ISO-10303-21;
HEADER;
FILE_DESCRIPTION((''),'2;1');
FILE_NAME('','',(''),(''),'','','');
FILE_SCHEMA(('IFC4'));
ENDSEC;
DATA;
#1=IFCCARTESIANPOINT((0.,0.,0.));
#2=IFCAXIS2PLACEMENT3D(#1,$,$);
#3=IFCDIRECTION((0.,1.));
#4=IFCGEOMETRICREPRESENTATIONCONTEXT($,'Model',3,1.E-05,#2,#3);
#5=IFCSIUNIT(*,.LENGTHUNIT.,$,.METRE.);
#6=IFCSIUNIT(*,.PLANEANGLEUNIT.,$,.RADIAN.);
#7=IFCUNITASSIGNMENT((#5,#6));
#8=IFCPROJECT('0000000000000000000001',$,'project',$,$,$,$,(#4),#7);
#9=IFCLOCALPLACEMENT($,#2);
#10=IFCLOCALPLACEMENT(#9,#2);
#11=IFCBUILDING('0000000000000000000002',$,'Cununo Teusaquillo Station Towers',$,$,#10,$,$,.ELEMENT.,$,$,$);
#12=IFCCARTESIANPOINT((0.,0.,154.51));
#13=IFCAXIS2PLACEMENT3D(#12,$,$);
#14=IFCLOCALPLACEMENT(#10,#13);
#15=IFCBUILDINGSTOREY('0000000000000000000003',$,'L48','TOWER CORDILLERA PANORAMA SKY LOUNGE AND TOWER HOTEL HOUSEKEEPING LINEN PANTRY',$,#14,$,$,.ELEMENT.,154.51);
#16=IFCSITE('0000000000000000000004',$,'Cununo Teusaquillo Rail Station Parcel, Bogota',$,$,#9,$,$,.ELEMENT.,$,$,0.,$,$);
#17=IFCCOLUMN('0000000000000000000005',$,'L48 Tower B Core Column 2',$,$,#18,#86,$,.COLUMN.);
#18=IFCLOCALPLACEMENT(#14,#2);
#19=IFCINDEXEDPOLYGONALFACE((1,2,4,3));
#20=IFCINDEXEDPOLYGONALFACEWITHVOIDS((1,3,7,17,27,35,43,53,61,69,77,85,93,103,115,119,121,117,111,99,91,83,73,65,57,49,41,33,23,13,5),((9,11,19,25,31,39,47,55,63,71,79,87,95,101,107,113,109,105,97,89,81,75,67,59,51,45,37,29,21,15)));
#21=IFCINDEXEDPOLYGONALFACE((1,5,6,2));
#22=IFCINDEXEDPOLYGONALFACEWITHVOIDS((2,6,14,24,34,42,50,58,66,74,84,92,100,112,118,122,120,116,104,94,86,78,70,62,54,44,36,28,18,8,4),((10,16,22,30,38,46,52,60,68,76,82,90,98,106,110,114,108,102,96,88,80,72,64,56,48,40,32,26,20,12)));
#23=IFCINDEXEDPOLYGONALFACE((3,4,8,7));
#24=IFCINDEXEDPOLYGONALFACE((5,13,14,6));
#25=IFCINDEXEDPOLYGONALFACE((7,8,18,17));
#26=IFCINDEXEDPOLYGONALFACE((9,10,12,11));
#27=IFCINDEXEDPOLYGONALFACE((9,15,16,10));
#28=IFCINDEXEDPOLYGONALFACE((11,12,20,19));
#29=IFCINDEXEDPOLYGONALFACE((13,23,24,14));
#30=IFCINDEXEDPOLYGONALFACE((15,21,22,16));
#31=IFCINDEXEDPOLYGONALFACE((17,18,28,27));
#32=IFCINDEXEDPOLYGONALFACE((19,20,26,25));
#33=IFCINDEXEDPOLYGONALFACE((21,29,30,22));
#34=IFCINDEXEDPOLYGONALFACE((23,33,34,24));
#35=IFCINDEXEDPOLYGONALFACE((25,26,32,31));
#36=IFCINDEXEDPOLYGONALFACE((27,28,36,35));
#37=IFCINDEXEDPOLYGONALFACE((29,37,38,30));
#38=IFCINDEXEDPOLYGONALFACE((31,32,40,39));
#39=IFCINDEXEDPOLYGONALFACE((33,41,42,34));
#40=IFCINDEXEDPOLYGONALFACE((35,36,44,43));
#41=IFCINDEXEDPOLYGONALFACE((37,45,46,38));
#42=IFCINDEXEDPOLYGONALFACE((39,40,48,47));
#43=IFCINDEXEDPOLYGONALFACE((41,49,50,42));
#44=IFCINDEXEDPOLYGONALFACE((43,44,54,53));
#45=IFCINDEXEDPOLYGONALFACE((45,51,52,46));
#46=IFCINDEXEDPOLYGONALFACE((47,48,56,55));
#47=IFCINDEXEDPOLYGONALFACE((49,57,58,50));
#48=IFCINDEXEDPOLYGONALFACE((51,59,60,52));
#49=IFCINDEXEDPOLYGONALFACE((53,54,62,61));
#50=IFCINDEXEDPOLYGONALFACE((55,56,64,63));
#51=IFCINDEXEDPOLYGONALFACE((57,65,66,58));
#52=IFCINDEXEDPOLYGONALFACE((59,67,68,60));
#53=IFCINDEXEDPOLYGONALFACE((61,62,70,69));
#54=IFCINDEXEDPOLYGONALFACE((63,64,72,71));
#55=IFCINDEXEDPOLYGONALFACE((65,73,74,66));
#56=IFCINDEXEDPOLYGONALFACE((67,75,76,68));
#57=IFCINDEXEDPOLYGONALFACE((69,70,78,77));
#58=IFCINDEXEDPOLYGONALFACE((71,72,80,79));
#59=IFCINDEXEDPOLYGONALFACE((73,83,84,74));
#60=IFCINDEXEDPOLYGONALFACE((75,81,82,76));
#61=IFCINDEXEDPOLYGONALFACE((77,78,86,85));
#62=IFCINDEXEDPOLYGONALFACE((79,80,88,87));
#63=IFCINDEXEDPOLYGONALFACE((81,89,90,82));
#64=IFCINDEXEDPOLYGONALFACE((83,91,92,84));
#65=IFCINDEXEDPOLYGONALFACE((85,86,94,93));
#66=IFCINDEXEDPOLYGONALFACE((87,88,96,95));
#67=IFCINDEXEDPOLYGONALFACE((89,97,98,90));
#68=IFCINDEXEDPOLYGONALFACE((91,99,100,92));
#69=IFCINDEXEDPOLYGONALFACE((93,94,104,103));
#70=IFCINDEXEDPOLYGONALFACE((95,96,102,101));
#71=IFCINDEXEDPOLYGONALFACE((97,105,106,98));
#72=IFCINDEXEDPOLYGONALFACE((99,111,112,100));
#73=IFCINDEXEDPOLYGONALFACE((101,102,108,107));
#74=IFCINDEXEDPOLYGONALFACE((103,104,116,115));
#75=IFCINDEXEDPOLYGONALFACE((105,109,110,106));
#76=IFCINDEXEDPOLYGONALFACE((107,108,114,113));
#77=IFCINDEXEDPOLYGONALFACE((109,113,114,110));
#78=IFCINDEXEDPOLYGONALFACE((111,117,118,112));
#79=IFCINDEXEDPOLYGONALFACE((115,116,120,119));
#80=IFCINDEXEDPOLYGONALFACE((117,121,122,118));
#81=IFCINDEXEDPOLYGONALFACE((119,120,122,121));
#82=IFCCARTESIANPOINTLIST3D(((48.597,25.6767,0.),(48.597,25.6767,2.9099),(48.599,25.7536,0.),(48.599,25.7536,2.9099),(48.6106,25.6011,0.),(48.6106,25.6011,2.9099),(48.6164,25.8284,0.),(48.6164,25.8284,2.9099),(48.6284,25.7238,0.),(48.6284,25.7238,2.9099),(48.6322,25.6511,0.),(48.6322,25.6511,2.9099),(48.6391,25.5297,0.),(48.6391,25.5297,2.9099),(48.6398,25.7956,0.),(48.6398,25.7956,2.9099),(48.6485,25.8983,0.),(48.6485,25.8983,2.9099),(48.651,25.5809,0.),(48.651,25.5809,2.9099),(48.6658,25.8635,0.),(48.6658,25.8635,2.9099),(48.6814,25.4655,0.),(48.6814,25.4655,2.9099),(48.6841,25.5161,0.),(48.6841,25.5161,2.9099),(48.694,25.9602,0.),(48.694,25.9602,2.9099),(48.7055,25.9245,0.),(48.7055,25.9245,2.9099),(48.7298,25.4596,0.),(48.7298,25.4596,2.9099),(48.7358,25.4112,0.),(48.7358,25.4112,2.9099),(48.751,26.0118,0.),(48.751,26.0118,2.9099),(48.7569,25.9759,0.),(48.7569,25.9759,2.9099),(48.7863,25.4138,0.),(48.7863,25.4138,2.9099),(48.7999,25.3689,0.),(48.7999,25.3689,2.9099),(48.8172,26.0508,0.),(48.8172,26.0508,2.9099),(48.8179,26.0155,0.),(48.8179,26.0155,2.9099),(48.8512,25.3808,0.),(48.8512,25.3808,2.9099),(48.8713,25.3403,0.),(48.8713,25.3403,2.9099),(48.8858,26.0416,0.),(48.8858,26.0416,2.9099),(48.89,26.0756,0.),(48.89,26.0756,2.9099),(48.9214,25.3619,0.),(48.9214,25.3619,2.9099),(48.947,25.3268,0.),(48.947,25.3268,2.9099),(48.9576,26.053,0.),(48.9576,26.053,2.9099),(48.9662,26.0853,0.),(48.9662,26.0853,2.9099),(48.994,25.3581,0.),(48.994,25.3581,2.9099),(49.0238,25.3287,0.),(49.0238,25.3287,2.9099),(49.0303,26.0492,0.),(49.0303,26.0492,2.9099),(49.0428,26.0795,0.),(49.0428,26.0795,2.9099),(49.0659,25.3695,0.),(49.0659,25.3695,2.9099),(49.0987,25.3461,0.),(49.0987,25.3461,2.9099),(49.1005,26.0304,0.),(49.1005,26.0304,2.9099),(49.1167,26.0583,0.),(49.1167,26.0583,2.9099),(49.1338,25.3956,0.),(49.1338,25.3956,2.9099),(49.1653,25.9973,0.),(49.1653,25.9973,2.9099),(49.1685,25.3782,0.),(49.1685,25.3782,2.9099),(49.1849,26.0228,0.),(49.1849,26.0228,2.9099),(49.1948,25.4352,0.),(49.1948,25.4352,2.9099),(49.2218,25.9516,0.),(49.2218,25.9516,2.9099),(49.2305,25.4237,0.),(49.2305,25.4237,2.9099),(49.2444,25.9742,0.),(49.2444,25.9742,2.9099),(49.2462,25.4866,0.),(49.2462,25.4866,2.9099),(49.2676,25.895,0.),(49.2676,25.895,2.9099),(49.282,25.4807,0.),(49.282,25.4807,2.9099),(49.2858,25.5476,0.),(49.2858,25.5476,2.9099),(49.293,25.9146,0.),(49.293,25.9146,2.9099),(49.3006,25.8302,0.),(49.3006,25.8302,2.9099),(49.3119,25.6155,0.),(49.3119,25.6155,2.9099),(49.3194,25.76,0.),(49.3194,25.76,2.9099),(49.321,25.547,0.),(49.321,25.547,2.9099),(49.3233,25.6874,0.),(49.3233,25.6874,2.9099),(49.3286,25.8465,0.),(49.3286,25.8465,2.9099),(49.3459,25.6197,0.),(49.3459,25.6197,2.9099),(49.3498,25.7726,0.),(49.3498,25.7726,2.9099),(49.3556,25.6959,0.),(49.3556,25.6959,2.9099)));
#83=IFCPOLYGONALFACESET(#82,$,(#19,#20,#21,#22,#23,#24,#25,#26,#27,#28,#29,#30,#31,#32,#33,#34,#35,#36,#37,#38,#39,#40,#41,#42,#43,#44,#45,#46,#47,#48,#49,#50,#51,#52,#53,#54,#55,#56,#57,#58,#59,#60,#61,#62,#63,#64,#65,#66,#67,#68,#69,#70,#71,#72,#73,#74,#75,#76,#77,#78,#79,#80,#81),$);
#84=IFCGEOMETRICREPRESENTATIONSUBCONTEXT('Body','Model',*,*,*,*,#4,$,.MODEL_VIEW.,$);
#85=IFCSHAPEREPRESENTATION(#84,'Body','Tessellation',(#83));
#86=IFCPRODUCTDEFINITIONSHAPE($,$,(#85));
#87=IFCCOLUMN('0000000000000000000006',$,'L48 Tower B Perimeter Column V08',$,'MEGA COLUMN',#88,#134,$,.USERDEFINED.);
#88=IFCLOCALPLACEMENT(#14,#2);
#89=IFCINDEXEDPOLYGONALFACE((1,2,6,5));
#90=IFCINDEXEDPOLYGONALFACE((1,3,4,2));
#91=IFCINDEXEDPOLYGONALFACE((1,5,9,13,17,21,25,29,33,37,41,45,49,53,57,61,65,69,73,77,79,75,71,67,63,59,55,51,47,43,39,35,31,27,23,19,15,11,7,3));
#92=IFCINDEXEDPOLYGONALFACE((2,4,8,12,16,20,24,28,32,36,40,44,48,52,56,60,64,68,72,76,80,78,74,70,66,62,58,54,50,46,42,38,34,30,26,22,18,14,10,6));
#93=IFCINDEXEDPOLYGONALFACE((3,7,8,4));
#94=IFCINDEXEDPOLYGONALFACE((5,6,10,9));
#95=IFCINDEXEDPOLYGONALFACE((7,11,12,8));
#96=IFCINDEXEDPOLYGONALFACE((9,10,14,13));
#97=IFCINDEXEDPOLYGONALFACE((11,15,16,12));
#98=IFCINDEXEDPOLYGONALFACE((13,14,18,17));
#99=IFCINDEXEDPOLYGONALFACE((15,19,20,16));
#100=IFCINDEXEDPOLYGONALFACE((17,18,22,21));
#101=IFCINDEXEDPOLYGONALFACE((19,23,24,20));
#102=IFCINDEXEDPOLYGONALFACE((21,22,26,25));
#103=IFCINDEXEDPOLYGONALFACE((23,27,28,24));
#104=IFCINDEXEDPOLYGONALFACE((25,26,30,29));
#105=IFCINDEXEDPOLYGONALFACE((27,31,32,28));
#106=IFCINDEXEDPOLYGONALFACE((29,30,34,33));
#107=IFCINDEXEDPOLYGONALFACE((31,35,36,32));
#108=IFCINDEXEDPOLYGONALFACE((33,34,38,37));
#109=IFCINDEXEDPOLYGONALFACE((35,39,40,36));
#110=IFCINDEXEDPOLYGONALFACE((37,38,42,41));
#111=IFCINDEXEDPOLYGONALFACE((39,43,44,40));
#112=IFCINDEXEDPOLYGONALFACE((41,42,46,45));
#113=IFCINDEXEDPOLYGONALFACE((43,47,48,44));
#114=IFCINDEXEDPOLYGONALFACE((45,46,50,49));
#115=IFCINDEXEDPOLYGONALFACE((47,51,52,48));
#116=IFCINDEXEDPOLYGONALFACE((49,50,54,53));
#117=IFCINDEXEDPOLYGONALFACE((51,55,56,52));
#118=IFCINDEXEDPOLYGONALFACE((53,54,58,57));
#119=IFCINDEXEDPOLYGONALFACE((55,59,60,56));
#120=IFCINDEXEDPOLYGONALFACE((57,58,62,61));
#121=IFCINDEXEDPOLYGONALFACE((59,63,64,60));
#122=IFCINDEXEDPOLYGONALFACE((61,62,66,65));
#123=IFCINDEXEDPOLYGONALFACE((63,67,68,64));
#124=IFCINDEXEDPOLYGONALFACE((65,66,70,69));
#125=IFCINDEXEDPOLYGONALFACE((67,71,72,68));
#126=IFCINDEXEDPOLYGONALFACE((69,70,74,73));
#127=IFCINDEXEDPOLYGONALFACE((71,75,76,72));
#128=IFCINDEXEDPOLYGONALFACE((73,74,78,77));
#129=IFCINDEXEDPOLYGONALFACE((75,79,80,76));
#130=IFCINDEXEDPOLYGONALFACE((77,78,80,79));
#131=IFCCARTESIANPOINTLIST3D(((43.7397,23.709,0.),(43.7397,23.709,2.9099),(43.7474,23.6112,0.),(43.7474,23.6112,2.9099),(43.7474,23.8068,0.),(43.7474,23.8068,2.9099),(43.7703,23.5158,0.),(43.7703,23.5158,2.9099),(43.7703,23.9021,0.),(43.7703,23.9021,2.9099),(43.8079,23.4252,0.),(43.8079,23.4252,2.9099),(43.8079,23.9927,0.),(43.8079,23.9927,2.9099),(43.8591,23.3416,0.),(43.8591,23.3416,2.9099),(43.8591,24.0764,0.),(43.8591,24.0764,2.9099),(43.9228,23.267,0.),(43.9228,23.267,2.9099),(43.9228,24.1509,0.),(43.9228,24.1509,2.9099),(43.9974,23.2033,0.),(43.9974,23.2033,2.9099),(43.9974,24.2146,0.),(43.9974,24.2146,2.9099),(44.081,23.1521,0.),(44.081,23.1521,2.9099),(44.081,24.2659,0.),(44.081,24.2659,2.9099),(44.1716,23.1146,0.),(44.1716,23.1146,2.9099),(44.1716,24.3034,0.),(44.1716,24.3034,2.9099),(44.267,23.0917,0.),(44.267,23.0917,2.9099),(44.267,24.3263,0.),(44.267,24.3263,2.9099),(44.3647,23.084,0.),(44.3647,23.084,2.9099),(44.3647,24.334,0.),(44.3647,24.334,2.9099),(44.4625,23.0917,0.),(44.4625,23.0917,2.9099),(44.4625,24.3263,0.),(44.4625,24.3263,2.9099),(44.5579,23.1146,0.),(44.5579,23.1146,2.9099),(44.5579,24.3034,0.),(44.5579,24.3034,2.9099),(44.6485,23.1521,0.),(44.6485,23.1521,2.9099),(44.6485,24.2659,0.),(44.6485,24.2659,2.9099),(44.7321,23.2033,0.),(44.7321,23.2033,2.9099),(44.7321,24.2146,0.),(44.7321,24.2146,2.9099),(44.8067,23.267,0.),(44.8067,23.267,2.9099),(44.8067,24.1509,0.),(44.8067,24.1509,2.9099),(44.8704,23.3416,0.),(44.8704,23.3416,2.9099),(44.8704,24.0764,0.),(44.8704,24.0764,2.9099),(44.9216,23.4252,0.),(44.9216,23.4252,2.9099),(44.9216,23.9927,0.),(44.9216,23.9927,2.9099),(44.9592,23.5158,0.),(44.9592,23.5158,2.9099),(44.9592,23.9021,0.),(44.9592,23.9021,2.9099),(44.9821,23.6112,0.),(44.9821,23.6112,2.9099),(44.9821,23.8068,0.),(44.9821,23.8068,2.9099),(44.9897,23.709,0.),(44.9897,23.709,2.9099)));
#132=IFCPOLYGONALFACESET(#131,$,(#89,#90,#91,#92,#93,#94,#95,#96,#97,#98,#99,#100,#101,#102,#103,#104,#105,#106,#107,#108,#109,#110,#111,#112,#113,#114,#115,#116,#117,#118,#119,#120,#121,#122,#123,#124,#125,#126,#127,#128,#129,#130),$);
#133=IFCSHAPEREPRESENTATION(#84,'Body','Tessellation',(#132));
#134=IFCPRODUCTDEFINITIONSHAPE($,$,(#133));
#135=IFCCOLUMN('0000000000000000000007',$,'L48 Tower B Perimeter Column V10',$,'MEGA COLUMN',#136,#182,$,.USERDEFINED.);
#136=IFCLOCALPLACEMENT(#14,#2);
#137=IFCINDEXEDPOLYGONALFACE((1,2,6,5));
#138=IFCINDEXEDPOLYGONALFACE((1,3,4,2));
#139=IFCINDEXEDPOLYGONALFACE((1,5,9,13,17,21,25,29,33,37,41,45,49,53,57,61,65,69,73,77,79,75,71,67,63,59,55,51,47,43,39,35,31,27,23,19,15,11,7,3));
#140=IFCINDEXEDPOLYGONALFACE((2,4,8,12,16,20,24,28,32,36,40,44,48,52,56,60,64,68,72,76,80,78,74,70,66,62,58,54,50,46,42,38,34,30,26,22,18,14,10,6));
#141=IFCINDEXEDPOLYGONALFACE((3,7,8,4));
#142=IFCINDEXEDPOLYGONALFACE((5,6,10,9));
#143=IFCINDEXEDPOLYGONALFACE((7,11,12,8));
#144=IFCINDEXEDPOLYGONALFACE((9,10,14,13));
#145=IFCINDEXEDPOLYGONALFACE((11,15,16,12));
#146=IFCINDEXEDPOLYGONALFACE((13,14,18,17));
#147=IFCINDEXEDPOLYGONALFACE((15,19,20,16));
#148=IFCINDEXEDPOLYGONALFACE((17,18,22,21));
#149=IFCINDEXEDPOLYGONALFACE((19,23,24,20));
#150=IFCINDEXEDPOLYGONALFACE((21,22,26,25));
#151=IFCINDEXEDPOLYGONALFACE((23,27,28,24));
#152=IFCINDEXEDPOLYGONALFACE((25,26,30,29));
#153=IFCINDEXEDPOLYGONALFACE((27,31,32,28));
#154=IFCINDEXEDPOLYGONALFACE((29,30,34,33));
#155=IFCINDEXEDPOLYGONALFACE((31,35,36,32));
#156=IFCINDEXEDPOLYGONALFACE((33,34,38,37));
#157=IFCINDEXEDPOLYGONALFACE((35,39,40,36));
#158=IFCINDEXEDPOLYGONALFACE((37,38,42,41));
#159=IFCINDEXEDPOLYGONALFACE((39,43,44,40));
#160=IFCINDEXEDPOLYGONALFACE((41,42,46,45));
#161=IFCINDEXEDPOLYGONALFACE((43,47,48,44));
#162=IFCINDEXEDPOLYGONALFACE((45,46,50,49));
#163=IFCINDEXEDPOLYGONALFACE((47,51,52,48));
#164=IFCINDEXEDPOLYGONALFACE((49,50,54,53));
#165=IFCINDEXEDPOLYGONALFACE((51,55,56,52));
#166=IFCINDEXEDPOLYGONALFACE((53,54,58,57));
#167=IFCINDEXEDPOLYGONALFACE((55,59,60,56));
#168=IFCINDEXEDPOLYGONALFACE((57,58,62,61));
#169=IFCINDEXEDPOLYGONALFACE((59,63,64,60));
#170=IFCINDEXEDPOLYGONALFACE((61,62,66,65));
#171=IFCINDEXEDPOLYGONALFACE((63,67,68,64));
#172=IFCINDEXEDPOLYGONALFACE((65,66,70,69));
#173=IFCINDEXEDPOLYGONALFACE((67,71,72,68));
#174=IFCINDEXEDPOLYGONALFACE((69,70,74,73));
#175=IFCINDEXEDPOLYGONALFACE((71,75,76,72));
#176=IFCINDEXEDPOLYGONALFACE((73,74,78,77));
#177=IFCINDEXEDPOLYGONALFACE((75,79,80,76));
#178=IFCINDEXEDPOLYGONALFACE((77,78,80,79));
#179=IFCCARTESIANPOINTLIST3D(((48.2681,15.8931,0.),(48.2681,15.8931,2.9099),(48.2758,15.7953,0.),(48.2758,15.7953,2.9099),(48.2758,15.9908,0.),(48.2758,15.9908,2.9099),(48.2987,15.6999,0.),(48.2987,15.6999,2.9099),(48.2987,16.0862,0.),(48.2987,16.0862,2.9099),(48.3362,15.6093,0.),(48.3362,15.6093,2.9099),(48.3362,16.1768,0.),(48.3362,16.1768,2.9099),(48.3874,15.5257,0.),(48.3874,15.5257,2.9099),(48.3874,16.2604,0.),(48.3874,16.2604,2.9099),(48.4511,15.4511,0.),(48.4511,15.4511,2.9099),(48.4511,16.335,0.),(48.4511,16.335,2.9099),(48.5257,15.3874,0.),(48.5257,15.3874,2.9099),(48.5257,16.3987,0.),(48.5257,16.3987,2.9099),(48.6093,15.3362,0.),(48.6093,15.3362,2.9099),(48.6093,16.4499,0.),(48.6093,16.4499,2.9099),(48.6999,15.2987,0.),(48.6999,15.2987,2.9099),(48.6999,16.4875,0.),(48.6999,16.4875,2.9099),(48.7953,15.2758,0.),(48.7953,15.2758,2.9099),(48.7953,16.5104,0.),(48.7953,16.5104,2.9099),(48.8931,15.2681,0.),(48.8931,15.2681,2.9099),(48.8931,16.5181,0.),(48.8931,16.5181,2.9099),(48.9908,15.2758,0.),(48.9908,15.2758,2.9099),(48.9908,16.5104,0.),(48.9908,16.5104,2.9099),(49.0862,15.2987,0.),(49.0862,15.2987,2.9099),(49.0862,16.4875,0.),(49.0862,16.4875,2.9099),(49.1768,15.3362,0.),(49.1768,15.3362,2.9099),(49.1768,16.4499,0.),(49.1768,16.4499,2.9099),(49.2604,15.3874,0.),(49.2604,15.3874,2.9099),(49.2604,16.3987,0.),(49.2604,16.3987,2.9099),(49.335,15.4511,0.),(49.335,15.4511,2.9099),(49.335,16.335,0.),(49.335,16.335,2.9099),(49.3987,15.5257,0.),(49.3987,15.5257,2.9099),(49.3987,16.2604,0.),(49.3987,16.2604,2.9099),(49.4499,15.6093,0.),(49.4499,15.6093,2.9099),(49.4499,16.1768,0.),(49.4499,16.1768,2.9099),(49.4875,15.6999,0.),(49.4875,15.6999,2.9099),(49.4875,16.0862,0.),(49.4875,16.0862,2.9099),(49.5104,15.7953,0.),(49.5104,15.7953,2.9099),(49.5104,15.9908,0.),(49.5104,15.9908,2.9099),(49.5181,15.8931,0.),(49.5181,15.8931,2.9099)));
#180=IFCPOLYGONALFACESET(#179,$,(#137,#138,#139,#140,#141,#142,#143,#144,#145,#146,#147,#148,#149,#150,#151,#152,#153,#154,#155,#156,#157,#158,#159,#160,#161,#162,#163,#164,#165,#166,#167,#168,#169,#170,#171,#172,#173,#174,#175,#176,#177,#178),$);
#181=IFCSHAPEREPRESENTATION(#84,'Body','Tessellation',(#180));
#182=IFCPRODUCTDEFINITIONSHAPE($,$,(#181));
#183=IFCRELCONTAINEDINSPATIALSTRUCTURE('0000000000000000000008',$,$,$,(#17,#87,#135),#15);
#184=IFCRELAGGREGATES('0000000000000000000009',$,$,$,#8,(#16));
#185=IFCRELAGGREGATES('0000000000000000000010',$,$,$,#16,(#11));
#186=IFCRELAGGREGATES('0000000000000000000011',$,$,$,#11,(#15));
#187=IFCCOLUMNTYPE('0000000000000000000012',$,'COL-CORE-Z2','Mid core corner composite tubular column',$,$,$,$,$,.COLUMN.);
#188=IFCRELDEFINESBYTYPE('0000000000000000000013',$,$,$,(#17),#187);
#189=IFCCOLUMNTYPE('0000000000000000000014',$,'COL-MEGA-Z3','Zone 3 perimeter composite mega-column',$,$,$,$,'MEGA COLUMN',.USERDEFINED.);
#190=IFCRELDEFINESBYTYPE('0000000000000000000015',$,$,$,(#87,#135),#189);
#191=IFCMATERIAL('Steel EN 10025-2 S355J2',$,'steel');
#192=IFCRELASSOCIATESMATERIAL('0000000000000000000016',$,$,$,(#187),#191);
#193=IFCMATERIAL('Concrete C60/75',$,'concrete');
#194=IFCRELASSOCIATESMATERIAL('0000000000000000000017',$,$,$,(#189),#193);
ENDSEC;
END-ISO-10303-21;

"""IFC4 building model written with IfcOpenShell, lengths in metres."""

from ifc_helpers import new_model, si_unit, direction, frame, origin, origin_2d, place, context, subcontext, project, spatial, circle, hollow_circle, extrude, material, material_profile, profile_set, type_object, element, save


model = new_model("IFC4")

# Units and contexts
model_context = context("Model", 3, precision=1e-05, world=origin(), true_north=direction((0.0, 1.0)))
body_context = subcontext(model_context, "Body", "Model", "MODEL_VIEW")
ifc_project = project(units=[si_unit("LENGTHUNIT", "METRE"), si_unit("PLANEANGLEUNIT", "RADIAN")], contexts=[model_context])

# Site, building, storey
site_placement = place(None, origin())
site = spatial("IfcSite", under=ifc_project, at=site_placement, Name="Cununo Teusaquillo Rail Station Parcel, Bogota", CompositionType="ELEMENT", RefElevation=0.0)
building_placement = place(site_placement, origin())
building = spatial("IfcBuilding", under=site, at=building_placement, Name="Cununo Teusaquillo Station Towers", CompositionType="ELEMENT")
storey_placement = place(building_placement, frame((0.0, 0.0, 154.51)))
storey = spatial("IfcBuildingStorey", under=building, at=storey_placement, Name="L48", Description="TOWER CORDILLERA PANORAMA SKY LOUNGE AND TOWER HOTEL HOUSEKEEPING LINEN PANTRY", CompositionType="ELEMENT", Elevation=154.51)

# Columns
ifc_material_1 = material(Name="Steel EN 10025-2 S355J2", Category="steel")
ifc_material_profile_1 = material_profile(ifc_material_1, hollow_circle(Radius=0.3799, WallThickness=0.032, at=origin_2d()), Name="CHS 760x32")
ifc_profile_set_1 = profile_set([ifc_material_profile_1], Name="Steel EN 10025-2 S355J2")
column_type_1 = type_object("IfcColumnType", Name="COL-CORE-Z2", Description="Mid core corner composite tubular column", PredefinedType="COLUMN", material=ifc_profile_set_1)
column_placement = place(storey_placement, frame((48.9758, 25.7056, 0.0), z_axis=(0.0, 0.0, 1.0), x_axis=(0.707107, 0.707107, 0.0)))
element("IfcColumn", 1, at=column_placement, inside=storey, type_object=column_type_1, Name="L48 Tower B Core Column 2", PredefinedType="COLUMN", context=body_context, shape_type="SweptSolid", body=[
    extrude(hollow_circle(Radius=0.3799, WallThickness=0.032, at=origin_2d()), origin(), (0.0, 0.0, 1.0), 2.9099),
])
ifc_material_2 = material(Name="Concrete C60/75", Category="concrete")
ifc_material_profile_2 = material_profile(ifc_material_2, circle(Radius=0.625, at=origin_2d()), Name="RC-CIRC-1250")
ifc_profile_set_2 = profile_set([ifc_material_profile_2], Name="Concrete C60/75")
column_type_2 = type_object("IfcColumnType", Name="COL-MEGA-Z3", Description="Zone 3 perimeter composite mega-column", ElementType="MEGA COLUMN", PredefinedType="USERDEFINED", material=ifc_profile_set_2)
for number, where, z_axis, x_axis, name in (
    (2, (44.3647, 23.709, 0.0), (0.0, 0.0, 1.0), (1.0, 0.0, 0.0), "L48 Tower B Perimeter Column V08"),
    (3, (48.8931, 15.8931, 0.0), (0.0, 0.0, 1.0), (1.0, 0.0, 0.0), "L48 Tower B Perimeter Column V10"),
):
    element("IfcColumn", number, at=place(storey_placement, frame(where, z_axis=z_axis, x_axis=x_axis)), inside=storey, type_object=column_type_2, Name=name, ObjectType="MEGA COLUMN", PredefinedType="USERDEFINED", context=body_context, shape_type="SweptSolid", body=[
        extrude(circle(Radius=0.625, at=origin_2d()), origin(), (0.0, 0.0, 1.0), 2.9099),
    ])

save(model, "model.ifc")
